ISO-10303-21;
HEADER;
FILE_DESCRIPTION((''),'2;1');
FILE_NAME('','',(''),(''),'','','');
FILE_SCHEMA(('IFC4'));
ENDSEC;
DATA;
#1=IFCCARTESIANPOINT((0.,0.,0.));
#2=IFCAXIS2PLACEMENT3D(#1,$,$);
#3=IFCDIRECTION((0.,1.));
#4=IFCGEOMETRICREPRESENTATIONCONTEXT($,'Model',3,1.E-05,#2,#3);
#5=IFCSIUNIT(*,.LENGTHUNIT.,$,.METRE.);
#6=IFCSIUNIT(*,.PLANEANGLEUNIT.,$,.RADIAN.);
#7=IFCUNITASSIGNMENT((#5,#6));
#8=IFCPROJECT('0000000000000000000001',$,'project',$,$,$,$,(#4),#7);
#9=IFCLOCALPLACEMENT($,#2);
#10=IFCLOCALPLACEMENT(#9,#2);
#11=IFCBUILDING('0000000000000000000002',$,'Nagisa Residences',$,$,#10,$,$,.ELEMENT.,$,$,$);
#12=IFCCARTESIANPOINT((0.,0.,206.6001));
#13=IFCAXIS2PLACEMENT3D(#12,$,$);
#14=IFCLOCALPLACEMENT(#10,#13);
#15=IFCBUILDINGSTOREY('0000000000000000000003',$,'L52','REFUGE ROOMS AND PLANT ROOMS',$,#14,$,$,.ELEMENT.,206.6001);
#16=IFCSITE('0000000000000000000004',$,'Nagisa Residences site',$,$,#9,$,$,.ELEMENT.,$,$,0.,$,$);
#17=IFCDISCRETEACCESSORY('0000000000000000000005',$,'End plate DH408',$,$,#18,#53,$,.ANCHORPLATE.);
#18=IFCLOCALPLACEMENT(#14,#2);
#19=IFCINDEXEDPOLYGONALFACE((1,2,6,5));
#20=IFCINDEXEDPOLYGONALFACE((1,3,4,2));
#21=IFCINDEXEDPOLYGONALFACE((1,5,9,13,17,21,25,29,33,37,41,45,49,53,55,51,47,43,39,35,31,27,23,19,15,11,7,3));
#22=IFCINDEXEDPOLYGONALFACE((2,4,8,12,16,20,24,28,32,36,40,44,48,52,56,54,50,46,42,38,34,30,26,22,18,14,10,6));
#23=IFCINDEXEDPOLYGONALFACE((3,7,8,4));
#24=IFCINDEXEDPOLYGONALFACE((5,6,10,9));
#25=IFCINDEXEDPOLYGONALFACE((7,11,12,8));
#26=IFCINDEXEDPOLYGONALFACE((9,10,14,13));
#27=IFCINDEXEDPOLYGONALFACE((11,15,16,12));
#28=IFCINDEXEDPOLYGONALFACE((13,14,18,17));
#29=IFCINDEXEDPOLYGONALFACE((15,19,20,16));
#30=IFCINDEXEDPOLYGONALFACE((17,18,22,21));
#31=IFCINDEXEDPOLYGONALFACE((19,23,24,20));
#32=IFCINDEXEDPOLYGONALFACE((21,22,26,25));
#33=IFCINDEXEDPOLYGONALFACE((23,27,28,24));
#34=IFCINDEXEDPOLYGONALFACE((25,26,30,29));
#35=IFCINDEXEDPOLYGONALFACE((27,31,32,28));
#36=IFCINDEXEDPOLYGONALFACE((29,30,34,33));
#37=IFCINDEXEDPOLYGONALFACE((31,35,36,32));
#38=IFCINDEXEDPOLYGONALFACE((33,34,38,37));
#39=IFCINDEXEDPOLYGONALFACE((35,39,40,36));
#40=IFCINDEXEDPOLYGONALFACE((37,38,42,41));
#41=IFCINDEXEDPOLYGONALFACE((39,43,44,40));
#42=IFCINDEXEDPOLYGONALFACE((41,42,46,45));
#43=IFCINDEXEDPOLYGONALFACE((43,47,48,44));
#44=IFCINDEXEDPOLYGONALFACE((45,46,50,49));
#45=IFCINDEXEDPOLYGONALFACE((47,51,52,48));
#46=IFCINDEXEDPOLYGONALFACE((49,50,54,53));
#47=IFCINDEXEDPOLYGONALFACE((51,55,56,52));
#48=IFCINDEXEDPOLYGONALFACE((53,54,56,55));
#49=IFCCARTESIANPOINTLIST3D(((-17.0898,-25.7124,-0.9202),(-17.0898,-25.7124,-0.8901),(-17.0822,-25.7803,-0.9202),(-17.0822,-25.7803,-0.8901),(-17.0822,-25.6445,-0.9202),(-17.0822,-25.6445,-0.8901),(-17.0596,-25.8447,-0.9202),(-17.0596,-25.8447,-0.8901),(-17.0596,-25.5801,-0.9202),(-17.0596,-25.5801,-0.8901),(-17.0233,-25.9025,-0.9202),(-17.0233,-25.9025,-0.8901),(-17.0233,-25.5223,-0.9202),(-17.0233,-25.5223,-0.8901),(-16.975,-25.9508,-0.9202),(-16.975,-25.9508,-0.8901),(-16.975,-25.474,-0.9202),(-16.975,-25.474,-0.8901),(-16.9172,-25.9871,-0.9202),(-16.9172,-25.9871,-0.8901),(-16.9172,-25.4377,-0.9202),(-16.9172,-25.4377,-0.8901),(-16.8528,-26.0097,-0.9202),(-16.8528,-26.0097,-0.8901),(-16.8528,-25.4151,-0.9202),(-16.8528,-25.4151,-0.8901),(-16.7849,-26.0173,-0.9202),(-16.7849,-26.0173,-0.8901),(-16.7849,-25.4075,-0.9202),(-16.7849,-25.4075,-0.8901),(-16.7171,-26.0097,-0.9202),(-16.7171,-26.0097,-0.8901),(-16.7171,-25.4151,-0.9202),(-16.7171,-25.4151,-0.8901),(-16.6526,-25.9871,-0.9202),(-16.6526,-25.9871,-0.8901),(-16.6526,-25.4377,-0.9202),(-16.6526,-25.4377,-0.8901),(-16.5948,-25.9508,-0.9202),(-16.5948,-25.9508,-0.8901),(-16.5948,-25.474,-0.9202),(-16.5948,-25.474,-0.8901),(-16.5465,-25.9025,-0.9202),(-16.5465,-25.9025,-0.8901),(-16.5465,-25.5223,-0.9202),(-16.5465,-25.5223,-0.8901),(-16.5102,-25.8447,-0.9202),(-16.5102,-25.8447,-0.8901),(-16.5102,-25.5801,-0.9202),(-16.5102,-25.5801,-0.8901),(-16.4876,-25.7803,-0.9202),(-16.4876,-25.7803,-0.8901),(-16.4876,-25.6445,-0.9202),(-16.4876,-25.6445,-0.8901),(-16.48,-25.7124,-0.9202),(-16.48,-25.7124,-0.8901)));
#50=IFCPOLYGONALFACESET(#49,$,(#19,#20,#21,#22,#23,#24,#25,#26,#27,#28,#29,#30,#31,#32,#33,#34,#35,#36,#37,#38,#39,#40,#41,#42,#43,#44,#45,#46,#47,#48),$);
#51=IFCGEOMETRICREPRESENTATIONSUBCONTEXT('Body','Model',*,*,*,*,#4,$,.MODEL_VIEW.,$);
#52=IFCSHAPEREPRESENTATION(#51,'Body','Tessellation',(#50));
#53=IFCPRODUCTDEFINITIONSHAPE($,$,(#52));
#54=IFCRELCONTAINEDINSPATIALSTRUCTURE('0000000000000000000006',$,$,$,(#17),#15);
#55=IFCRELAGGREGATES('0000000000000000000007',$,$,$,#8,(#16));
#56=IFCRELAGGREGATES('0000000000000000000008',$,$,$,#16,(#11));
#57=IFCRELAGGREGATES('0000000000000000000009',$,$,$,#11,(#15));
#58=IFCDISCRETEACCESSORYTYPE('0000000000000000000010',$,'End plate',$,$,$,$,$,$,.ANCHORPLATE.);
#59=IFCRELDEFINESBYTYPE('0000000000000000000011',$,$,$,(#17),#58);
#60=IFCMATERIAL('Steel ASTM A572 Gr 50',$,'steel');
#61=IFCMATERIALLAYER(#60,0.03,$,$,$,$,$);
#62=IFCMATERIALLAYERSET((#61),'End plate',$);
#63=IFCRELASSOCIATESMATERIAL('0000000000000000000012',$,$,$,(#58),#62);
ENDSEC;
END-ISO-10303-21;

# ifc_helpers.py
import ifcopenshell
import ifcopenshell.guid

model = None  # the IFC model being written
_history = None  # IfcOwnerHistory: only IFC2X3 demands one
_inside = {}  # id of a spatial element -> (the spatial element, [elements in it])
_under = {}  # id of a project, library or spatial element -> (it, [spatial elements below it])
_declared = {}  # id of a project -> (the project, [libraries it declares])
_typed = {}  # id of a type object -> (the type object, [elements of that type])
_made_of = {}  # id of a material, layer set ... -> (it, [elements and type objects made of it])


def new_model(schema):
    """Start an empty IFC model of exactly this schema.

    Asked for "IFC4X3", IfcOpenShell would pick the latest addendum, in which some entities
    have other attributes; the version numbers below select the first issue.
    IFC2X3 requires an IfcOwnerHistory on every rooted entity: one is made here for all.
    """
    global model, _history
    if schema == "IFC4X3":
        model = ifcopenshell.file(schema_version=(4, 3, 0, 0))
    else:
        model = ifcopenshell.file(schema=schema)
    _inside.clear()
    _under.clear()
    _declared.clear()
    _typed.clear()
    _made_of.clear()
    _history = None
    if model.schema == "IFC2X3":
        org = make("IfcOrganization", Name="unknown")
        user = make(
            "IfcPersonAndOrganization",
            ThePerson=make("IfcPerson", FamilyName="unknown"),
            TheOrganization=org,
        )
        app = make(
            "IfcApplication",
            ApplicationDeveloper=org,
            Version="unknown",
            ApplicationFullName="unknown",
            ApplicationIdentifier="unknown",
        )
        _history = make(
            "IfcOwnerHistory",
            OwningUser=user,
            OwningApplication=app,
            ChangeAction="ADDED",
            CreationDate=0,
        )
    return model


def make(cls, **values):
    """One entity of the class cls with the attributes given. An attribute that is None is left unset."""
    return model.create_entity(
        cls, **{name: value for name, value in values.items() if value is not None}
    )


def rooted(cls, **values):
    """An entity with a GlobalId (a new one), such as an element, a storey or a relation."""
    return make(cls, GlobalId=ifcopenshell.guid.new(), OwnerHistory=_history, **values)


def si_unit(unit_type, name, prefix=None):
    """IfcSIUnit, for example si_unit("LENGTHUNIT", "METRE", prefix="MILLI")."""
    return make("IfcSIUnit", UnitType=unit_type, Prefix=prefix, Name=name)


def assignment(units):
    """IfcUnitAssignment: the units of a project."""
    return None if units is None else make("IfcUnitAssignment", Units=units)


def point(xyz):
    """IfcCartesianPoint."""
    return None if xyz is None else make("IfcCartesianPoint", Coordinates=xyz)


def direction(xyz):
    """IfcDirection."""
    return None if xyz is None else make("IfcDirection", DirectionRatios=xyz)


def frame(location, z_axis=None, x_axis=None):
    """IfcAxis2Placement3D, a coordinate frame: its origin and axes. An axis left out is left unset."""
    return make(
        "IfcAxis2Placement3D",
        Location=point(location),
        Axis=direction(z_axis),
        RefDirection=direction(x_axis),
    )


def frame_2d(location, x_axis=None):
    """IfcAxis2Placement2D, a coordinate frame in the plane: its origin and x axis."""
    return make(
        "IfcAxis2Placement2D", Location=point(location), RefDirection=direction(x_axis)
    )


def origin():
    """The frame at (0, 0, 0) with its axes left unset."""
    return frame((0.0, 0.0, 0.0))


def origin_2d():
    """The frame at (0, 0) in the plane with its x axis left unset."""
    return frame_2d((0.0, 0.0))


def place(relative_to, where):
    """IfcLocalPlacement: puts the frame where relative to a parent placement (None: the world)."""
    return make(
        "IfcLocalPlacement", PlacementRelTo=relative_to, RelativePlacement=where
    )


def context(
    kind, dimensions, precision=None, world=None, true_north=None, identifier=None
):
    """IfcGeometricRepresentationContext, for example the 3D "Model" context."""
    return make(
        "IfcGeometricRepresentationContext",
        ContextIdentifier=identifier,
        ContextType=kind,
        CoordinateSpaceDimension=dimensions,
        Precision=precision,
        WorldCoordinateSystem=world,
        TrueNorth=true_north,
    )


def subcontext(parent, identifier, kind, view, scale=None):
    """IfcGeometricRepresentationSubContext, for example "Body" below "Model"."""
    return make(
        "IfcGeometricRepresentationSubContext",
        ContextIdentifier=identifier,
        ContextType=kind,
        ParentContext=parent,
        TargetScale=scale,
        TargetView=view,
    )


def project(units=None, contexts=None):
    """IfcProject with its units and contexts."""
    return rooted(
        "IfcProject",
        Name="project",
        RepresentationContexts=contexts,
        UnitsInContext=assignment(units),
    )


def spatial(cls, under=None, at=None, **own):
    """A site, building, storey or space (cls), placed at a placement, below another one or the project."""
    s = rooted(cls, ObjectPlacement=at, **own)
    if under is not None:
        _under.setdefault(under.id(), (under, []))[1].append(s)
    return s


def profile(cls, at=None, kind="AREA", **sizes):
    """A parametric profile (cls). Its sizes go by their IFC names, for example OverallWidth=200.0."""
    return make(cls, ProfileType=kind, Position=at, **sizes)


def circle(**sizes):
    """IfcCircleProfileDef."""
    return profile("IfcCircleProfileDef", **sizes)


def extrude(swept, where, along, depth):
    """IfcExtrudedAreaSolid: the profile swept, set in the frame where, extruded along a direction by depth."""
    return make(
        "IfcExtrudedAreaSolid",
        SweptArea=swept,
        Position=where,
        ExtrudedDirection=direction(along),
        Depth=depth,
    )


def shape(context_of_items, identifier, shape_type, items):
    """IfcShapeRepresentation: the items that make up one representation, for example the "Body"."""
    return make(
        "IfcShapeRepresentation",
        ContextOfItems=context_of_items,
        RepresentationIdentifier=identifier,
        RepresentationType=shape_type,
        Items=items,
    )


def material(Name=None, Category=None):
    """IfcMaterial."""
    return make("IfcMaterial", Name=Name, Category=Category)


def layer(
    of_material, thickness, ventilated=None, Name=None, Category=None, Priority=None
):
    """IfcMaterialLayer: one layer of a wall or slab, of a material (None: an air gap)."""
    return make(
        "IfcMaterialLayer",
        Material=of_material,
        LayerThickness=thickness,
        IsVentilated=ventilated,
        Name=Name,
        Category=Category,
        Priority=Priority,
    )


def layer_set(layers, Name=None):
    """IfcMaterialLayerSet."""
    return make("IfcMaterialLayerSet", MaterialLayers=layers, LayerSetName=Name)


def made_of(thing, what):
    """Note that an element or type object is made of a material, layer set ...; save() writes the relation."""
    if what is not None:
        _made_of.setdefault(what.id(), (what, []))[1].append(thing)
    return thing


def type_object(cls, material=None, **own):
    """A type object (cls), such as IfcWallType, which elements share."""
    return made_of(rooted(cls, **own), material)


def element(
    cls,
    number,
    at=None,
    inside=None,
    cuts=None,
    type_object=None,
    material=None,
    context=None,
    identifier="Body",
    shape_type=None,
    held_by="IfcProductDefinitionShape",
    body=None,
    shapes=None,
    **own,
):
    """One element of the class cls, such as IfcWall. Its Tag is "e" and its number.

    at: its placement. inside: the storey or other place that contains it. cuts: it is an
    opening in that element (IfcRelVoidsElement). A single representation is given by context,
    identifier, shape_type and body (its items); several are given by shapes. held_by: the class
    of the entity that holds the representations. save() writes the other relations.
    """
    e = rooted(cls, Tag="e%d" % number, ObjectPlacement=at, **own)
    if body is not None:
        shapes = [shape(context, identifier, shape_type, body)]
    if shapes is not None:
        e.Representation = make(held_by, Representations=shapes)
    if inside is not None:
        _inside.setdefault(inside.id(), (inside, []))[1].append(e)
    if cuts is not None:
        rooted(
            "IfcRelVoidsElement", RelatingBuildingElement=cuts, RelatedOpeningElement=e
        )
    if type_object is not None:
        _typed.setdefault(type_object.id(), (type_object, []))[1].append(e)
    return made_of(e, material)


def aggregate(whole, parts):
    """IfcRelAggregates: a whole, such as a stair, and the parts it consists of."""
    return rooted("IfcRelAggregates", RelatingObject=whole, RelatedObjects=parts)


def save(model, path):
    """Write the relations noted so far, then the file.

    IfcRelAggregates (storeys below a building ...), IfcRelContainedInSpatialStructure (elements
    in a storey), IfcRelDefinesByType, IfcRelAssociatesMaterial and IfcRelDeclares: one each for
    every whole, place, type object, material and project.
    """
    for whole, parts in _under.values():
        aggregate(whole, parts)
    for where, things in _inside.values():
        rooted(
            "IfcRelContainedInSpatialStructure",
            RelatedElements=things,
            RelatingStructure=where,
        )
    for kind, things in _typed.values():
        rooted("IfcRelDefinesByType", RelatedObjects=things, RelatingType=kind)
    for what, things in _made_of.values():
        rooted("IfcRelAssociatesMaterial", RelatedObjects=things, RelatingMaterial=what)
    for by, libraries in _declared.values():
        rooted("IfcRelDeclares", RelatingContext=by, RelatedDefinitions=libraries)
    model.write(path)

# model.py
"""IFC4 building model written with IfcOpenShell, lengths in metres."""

from ifc_helpers import new_model, si_unit, direction, frame, origin, origin_2d, place, context, subcontext, project, spatial, circle, extrude, material, layer, layer_set, type_object, element, save


model = new_model("IFC4")

# Units and contexts
model_context = context("Model", 3, precision=1e-05, world=origin(), true_north=direction((0.0, 1.0)))
body_context = subcontext(model_context, "Body", "Model", "MODEL_VIEW")
ifc_project = project(units=[si_unit("LENGTHUNIT", "METRE"), si_unit("PLANEANGLEUNIT", "RADIAN")], contexts=[model_context])

# Site, building, storey
site_placement = place(None, origin())
site = spatial("IfcSite", under=ifc_project, at=site_placement, Name="Nagisa Residences site", CompositionType="ELEMENT", RefElevation=0.0)
building_placement = place(site_placement, origin())
building = spatial("IfcBuilding", under=site, at=building_placement, Name="Nagisa Residences", CompositionType="ELEMENT")
storey_placement = place(building_placement, frame((0.0, 0.0, 206.6001)))
storey = spatial("IfcBuildingStorey", under=building, at=storey_placement, Name="L52", Description="REFUGE ROOMS AND PLANT ROOMS", CompositionType="ELEMENT", Elevation=206.6001)

# Discrete accessory
ifc_material_1 = material(Name="Steel ASTM A572 Gr 50", Category="steel")
ifc_layer_1 = layer(ifc_material_1, 0.03)
ifc_layer_set_1 = layer_set([ifc_layer_1], Name="End plate")
discrete_accessory_type = type_object("IfcDiscreteAccessoryType", Name="End plate", PredefinedType="ANCHORPLATE", material=ifc_layer_set_1)
for number, where, z_axis, x_axis, name in (
    (1, (-16.7849, -25.7124, -0.8901), (0.0, 0.0, -1.0), (1.0, 0.0, 0.0), "End plate DH408"),
):
    element("IfcDiscreteAccessory", number, at=place(storey_placement, frame(where, z_axis=z_axis, x_axis=x_axis)), inside=storey, type_object=discrete_accessory_type, Name=name, PredefinedType="ANCHORPLATE", context=body_context, shape_type="SweptSolid", body=[
        extrude(circle(Radius=0.3049, at=origin_2d()), origin(), (0.0, 0.0, 1.0), 0.03),
    ])

save(model, "model.ifc")
